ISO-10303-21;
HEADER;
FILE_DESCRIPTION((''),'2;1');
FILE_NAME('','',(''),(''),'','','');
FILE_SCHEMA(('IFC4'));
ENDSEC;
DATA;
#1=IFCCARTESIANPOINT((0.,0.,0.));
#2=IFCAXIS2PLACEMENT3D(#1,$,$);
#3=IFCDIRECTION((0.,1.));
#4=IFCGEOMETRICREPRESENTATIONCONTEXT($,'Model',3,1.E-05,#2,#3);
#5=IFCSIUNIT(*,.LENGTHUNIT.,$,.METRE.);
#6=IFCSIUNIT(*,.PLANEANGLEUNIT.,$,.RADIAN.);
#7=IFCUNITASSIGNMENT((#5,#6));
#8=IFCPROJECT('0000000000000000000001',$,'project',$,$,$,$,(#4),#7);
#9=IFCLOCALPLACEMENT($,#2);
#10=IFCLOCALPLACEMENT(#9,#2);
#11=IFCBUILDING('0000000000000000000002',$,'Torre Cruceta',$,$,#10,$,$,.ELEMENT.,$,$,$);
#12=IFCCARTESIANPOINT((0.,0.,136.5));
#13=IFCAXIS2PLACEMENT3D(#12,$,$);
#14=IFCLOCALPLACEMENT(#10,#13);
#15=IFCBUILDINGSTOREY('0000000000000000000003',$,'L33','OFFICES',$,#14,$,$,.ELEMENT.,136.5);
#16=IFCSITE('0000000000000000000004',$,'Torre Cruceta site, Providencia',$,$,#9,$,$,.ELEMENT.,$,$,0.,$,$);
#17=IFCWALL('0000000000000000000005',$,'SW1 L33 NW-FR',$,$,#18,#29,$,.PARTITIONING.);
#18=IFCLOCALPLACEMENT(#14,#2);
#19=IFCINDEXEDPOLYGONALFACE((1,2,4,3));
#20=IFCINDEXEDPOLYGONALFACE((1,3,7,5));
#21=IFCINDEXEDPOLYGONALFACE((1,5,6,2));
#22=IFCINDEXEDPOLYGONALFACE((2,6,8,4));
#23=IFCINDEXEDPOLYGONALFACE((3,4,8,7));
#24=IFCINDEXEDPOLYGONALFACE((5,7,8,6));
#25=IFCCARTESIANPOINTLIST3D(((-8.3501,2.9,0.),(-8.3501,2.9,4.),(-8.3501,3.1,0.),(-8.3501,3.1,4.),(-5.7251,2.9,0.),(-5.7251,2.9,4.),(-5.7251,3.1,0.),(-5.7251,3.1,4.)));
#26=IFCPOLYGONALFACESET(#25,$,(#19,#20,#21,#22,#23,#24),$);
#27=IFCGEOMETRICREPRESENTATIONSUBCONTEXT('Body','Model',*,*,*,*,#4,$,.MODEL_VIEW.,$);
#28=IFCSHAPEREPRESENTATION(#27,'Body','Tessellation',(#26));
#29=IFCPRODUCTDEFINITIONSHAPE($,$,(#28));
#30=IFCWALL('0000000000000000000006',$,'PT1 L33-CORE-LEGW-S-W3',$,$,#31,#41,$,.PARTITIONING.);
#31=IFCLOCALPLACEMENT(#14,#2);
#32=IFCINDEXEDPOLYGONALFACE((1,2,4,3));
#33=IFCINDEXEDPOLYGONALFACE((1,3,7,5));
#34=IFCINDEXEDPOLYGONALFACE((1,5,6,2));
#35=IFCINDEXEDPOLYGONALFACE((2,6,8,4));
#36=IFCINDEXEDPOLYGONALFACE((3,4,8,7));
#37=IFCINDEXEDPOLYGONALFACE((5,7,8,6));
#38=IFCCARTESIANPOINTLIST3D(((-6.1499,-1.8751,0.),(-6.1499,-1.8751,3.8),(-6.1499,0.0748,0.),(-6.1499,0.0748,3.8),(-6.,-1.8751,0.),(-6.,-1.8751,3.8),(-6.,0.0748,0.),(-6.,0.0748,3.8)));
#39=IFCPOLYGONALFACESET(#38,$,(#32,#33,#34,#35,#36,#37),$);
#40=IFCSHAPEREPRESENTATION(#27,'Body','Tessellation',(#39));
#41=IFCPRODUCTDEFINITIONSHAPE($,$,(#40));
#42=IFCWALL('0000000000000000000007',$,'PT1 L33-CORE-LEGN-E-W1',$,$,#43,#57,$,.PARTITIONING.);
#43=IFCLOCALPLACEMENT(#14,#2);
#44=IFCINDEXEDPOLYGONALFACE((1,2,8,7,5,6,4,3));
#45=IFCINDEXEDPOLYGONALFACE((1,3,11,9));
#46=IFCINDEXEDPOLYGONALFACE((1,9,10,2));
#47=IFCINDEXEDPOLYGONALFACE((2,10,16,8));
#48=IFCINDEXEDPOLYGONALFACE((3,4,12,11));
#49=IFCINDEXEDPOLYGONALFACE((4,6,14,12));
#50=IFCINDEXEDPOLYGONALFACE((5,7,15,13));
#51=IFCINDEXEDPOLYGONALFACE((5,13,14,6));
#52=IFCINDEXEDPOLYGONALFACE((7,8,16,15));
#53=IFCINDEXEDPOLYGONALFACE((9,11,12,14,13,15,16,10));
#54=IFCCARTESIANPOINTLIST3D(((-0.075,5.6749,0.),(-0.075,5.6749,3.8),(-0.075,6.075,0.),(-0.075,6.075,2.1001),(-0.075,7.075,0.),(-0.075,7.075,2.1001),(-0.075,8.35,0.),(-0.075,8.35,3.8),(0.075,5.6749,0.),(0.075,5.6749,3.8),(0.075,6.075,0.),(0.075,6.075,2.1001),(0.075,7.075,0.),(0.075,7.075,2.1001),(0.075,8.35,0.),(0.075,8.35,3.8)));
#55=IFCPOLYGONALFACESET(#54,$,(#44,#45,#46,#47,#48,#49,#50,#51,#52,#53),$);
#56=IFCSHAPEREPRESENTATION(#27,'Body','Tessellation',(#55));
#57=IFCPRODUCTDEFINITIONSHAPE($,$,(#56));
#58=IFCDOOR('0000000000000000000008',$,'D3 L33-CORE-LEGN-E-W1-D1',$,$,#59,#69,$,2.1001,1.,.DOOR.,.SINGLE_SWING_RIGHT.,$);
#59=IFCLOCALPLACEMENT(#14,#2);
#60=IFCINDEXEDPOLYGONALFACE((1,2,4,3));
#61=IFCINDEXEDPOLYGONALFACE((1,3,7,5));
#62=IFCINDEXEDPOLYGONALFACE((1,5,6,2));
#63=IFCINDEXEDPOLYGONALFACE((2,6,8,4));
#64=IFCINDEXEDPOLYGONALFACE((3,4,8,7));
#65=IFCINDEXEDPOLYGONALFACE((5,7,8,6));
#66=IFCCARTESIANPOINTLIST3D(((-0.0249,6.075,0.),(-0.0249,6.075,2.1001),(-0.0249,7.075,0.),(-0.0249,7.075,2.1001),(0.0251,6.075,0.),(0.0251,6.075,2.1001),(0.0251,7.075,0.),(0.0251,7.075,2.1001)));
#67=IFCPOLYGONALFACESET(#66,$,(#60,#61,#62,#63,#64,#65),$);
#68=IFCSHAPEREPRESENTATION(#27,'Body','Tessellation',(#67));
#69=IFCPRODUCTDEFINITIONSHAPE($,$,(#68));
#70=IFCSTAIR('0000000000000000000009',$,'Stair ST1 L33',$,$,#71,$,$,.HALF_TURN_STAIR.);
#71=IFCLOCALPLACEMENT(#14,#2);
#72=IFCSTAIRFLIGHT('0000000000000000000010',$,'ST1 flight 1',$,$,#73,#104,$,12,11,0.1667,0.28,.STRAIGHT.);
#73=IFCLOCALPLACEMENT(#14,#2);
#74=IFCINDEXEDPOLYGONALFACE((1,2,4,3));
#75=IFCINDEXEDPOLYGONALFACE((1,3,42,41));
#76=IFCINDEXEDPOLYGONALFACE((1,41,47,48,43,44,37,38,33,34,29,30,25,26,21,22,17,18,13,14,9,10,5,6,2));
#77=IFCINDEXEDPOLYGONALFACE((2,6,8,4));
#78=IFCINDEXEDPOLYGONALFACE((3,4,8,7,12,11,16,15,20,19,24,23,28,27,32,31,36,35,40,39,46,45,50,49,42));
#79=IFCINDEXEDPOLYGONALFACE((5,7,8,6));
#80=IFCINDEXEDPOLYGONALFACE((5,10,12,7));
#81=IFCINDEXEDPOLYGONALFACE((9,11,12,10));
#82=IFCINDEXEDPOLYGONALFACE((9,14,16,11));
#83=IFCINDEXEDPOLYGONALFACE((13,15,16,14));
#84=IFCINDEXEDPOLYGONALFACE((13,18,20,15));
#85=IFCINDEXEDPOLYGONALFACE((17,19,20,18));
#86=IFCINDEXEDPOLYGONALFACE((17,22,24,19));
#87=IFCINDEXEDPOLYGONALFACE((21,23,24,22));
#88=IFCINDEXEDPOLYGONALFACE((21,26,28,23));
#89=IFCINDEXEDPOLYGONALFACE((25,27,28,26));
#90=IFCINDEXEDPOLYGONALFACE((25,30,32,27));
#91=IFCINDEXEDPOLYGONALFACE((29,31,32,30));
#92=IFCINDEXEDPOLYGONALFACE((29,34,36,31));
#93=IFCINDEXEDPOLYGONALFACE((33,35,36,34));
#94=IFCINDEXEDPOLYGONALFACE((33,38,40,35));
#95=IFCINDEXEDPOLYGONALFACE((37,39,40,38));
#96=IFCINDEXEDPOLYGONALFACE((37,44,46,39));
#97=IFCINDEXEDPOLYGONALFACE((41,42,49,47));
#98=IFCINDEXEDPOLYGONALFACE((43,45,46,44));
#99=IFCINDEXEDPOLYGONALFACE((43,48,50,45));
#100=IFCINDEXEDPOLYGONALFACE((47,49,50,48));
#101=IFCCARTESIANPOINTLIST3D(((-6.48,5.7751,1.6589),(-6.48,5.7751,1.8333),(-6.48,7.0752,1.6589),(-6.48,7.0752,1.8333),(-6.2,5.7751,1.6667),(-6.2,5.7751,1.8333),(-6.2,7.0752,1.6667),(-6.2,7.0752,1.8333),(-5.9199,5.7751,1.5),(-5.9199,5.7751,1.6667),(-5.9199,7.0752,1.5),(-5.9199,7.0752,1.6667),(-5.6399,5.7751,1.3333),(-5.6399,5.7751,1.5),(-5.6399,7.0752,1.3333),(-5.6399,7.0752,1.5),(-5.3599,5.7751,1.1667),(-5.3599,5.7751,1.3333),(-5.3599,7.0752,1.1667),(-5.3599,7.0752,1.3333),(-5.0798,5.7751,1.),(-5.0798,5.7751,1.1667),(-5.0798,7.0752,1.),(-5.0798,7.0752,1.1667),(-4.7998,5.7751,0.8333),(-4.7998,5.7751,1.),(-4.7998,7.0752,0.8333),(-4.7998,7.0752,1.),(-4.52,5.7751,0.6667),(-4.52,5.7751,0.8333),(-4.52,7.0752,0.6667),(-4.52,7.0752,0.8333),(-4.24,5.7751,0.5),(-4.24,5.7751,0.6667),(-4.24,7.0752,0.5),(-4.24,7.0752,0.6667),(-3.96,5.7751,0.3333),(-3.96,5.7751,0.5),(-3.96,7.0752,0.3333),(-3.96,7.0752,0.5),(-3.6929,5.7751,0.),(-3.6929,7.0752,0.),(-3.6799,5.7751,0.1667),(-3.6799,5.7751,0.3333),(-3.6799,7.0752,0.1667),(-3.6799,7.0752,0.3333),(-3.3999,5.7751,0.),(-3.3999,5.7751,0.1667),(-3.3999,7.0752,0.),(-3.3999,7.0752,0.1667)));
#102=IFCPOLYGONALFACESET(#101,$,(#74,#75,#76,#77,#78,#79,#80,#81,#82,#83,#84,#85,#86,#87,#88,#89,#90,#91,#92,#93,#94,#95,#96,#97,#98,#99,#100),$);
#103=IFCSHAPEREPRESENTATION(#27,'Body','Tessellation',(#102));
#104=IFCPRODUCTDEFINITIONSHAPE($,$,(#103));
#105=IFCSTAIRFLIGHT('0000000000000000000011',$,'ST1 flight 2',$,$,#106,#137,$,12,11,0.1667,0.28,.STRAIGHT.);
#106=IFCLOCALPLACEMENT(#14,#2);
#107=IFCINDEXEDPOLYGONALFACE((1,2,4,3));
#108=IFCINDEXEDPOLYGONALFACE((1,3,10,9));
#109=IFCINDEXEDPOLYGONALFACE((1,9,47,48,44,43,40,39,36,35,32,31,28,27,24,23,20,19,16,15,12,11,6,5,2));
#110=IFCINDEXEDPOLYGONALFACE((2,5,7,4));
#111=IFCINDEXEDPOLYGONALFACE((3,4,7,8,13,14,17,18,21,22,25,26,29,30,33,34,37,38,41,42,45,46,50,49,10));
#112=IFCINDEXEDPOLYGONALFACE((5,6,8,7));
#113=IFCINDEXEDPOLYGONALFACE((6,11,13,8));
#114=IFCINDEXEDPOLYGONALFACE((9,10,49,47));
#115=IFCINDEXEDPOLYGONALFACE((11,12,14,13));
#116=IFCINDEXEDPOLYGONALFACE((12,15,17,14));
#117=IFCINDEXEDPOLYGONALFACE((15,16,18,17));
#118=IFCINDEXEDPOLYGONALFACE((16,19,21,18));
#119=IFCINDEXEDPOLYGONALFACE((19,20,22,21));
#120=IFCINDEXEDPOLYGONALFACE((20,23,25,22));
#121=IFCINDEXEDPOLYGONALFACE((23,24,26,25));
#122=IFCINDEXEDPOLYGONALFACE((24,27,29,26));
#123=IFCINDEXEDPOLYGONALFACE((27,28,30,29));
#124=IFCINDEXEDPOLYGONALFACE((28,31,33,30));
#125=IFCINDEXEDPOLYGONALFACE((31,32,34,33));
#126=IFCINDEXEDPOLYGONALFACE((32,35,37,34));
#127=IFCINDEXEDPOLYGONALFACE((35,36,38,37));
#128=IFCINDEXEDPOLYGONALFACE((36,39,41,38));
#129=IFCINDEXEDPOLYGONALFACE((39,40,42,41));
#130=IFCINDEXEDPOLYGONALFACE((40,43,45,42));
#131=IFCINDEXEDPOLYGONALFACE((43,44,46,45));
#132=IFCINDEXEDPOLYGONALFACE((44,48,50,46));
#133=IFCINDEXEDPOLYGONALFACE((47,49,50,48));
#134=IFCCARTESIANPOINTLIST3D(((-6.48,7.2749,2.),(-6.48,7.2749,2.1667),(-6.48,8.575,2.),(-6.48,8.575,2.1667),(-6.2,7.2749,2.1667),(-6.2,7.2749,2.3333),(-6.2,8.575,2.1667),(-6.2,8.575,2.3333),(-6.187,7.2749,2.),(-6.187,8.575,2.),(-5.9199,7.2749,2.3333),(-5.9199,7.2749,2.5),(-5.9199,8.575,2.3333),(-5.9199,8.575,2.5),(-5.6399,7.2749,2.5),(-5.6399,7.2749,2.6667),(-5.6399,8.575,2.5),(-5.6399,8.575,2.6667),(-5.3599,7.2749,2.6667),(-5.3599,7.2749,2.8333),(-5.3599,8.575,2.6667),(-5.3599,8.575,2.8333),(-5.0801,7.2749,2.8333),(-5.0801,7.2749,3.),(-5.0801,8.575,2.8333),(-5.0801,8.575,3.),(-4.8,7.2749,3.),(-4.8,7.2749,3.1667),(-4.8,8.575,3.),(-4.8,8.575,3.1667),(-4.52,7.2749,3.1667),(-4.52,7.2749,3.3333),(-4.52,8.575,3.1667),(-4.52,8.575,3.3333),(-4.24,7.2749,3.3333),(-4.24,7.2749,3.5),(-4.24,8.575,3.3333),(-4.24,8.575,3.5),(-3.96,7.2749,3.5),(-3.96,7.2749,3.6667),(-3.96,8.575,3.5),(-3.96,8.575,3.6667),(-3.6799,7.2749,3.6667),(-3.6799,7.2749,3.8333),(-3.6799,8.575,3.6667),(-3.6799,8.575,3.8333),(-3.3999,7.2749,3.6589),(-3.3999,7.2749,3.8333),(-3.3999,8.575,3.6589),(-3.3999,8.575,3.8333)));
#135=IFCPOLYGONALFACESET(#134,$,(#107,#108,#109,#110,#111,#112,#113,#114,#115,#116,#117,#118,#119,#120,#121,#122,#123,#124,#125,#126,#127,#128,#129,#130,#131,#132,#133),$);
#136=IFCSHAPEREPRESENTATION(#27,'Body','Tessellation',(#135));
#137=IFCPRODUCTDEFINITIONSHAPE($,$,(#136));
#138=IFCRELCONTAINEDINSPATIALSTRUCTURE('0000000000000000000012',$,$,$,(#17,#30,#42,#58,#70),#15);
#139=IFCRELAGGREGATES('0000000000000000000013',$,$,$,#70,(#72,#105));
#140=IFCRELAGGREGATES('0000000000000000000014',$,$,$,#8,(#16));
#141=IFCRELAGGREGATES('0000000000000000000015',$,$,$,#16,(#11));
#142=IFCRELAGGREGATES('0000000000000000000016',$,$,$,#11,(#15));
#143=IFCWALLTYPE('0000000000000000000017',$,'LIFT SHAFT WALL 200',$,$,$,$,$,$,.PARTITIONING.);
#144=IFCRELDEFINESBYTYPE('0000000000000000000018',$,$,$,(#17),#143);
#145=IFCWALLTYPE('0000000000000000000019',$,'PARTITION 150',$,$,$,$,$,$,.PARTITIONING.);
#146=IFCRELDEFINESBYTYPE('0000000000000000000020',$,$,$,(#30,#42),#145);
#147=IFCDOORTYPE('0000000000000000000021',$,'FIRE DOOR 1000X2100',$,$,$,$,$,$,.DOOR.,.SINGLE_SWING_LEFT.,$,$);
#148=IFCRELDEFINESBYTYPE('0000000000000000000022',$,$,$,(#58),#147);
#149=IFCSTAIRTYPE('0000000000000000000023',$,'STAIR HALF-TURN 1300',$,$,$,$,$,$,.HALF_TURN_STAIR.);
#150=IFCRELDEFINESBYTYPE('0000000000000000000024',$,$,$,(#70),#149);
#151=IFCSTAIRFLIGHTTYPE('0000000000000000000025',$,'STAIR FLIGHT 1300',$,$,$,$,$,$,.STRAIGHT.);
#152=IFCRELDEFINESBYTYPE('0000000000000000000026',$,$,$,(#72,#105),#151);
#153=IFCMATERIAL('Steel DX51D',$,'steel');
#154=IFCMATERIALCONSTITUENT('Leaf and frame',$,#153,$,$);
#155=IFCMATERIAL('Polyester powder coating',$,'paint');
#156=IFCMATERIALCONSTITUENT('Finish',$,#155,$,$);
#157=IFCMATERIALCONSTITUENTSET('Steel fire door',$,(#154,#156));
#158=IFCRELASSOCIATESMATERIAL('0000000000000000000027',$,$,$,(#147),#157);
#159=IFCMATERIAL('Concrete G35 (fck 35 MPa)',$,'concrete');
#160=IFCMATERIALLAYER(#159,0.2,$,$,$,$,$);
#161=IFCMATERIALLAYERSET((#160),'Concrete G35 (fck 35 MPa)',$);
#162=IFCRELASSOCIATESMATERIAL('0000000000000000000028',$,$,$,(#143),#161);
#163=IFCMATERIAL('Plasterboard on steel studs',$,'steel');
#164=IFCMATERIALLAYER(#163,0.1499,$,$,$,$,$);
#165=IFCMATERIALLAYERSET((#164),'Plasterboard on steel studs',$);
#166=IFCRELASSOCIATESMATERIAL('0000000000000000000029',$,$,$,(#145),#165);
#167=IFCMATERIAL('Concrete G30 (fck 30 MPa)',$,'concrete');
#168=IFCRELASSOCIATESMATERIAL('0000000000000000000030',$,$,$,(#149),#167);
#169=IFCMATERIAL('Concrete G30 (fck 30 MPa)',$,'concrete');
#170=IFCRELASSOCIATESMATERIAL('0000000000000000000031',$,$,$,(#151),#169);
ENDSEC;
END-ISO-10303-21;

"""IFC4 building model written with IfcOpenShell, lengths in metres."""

from ifc_helpers import new_model, si_unit, direction, frame, frame_2d, origin, place, context, subcontext, project, spatial, polyline, rectangle, outline, extrude, material, layer, layer_set, constituent, constituent_set, type_object, element, fill, aggregate, save


model = new_model("IFC4")

# Units and contexts
model_context = context("Model", 3, precision=1e-05, world=origin(), true_north=direction((0.0, 1.0)))
body_context = subcontext(model_context, "Body", "Model", "MODEL_VIEW")
ifc_project = project(units=[si_unit("LENGTHUNIT", "METRE"), si_unit("PLANEANGLEUNIT", "RADIAN")], contexts=[model_context])

# Site, building, storey
site_placement = place(None, origin())
site = spatial("IfcSite", under=ifc_project, at=site_placement, Name="Torre Cruceta site, Providencia", CompositionType="ELEMENT", RefElevation=0.0)
building_placement = place(site_placement, origin())
building = spatial("IfcBuilding", under=site, at=building_placement, Name="Torre Cruceta", CompositionType="ELEMENT")
storey_placement = place(building_placement, frame((0.0, 0.0, 136.5)))
storey = spatial("IfcBuildingStorey", under=building, at=storey_placement, Name="L33", Description="OFFICES", CompositionType="ELEMENT", Elevation=136.5)

# Shared definitions
ifc_material_1 = material(Name="Steel DX51D", Category="steel")
ifc_constituent_1 = constituent(ifc_material_1, Name="Leaf and frame")
ifc_material_2 = material(Name="Polyester powder coating", Category="paint")
ifc_constituent_2 = constituent(ifc_material_2, Name="Finish")
ifc_constituent_set_1 = constituent_set(constituents=[ifc_constituent_1, ifc_constituent_2], Name="Steel fire door")
door_type_1 = type_object("IfcDoorType", Name="FIRE DOOR 1000X2100", OperationType="SINGLE_SWING_LEFT", PredefinedType="DOOR", material=ifc_constituent_set_1)

# Walls
ifc_material_3 = material(Name="Concrete G35 (fck 35 MPa)", Category="concrete")
ifc_layer_1 = layer(ifc_material_3, 0.2)
ifc_layer_set_1 = layer_set([ifc_layer_1], Name="Concrete G35 (fck 35 MPa)")
wall_type_1 = type_object("IfcWallType", Name="LIFT SHAFT WALL 200", PredefinedType="PARTITIONING", material=ifc_layer_set_1)
wall_1_placement = place(storey_placement, frame((-5.7251, 3.0, 0.0), z_axis=(0.0, 0.0, 1.0), x_axis=(-1.0, 0.0, 0.0)))
element("IfcWall", 1, at=wall_1_placement, inside=storey, type_object=wall_type_1, Name="SW1 L33 NW-FR", PredefinedType="PARTITIONING", context=body_context, shape_type="SweptSolid", body=[
    extrude(rectangle(XDim=2.625, YDim=0.2, at=frame_2d((1.3125, 0.0))), origin(), (0.0, 0.0, 1.0), 4.0),
])
ifc_material_4 = material(Name="Plasterboard on steel studs", Category="steel")
ifc_layer_2 = layer(ifc_material_4, 0.1499)
ifc_layer_set_2 = layer_set([ifc_layer_2], Name="Plasterboard on steel studs")
wall_type_2 = type_object("IfcWallType", Name="PARTITION 150", PredefinedType="PARTITIONING", material=ifc_layer_set_2)
wall_2_placement = place(storey_placement, frame((-6.075, 0.075, 0.0), z_axis=(0.0, 0.0, 1.0), x_axis=(0.0, -1.0, 0.0)))
element("IfcWall", 2, at=wall_2_placement, inside=storey, type_object=wall_type_2, Name="PT1 L33-CORE-LEGW-S-W3", PredefinedType="PARTITIONING", context=body_context, shape_type="SweptSolid", body=[
    extrude(rectangle(XDim=1.95, YDim=0.1499, at=frame_2d((0.9751, 0.0))), origin(), (0.0, 0.0, 1.0), 3.8),
])

# Wall, opening, door
wall_3_placement = place(storey_placement, frame((0.0, 5.675, 0.0), z_axis=(0.0, 0.0, 1.0), x_axis=(0.0, 1.0, 0.0)))
wall_3 = element("IfcWall", 3, at=wall_3_placement, inside=storey, type_object=wall_type_2, Name="PT1 L33-CORE-LEGN-E-W1", PredefinedType="PARTITIONING", context=body_context, shape_type="SweptSolid", body=[
    extrude(rectangle(XDim=2.675, YDim=0.1499, at=frame_2d((1.3374, 0.0))), origin(), (0.0, 0.0, 1.0), 3.8),
])
opening_1_placement = place(wall_3_placement, frame((0.3999, 0.0, 0.0)))
opening_1 = element("IfcOpeningElement", 4, at=opening_1_placement, cuts=wall_3, PredefinedType="OPENING", context=body_context, shape_type="SweptSolid", body=[
    extrude(rectangle(XDim=1.0, YDim=2.1001, at=frame_2d((0.5, 1.05))), frame((0.0, 0.085, 0.0), z_axis=(0.0, -1.0, 0.0), x_axis=(1.0, 0.0, 0.0)), (0.0, 0.0, 1.0), 0.1699),
])
door_1_placement = place(opening_1_placement, frame((1.0, 0.0, 0.0), z_axis=(0.0, 0.0, 1.0), x_axis=(-1.0, 0.0, 0.0)))
door_1 = element("IfcDoor", 5, at=door_1_placement, inside=storey, type_object=door_type_1, Name="D3 L33-CORE-LEGN-E-W1-D1", OperationType="SINGLE_SWING_RIGHT", OverallHeight=2.1001, OverallWidth=1.0, PredefinedType="DOOR", context=body_context, shape_type="SweptSolid", body=[
    extrude(rectangle(XDim=1.0, YDim=2.1001, at=frame_2d((0.5, 1.05))), frame((0.0, 0.0251, 0.0), z_axis=(0.0, -1.0, 0.0), x_axis=(1.0, 0.0, 0.0)), (0.0, 0.0, 1.0), 0.05),
])
fill(opening_1, door_1)

# Stair, stair flights
ifc_material_5 = material(Name="Concrete G30 (fck 30 MPa)", Category="concrete")
stair_type = type_object("IfcStairType", Name="STAIR HALF-TURN 1300", PredefinedType="HALF_TURN_STAIR", material=ifc_material_5)
stair_placement = place(storey_placement, origin())
stair = element("IfcStair", 6, at=stair_placement, inside=storey, type_object=stair_type, Name="Stair ST1 L33", PredefinedType="HALF_TURN_STAIR")
ifc_material_6 = material(Name="Concrete G30 (fck 30 MPa)", Category="concrete")
stair_flight_type = type_object("IfcStairFlightType", Name="STAIR FLIGHT 1300", PredefinedType="STRAIGHT", material=ifc_material_6)
stair_flight_1_placement = place(storey_placement, frame((-3.3999, 6.425, 0.0), z_axis=(0.0, 0.0, 1.0), x_axis=(-1.0, 0.0, 0.0)))
stair_flight_1 = element("IfcStairFlight", 7, at=stair_flight_1_placement, type_object=stair_flight_type, Name="ST1 flight 1", NumberOfRisers=12, NumberOfTreads=11, PredefinedType="STRAIGHT", RiserHeight=0.1667, TreadLength=0.28, context=body_context, shape_type="SweptSolid", body=[
    extrude(outline(polyline([(0.0, 0.0), (0.0, 0.1667), (0.28, 0.1667), (0.28, 0.3333), (0.5601, 0.3333), (0.5601, 0.5), (0.8401, 0.5), (0.8401, 0.6667), (1.1201, 0.6667), (1.1201, 0.8333), (1.3999, 0.8333), (1.3999, 1.0), (1.6799, 1.0), (1.6799, 1.1667), (1.96, 1.1667), (1.96, 1.3333), (2.24, 1.3333), (2.24, 1.5), (2.52, 1.5), (2.52, 1.6667), (2.8, 1.6667), (2.8, 1.8333), (3.0801, 1.8333), (3.0801, 2.0), (3.0801, 1.6589), (0.293, 0.0), (0.0, 0.0)])), frame((0.0, 0.6499, 0.0), z_axis=(0.0, -1.0, 0.0), x_axis=(1.0, 0.0, 0.0)), (0.0, 0.0, 1.0), 1.3),
])
stair_flight_2_placement = place(storey_placement, frame((-6.48, 7.925, 2.0), z_axis=(0.0, 0.0, 1.0), x_axis=(1.0, 0.0, 0.0)))
stair_flight_2 = element("IfcStairFlight", 8, at=stair_flight_2_placement, type_object=stair_flight_type, Name="ST1 flight 2", NumberOfRisers=12, NumberOfTreads=11, PredefinedType="STRAIGHT", RiserHeight=0.1667, TreadLength=0.28, context=body_context, shape_type="SweptSolid", body=[
    extrude(outline(polyline([(0.0, 0.0), (0.0, 0.1667), (0.28, 0.1667), (0.28, 0.3333), (0.5601, 0.3333), (0.5601, 0.5), (0.8401, 0.5), (0.8401, 0.6667), (1.1201, 0.6667), (1.1201, 0.8333), (1.3999, 0.8333), (1.3999, 1.0), (1.6799, 1.0), (1.6799, 1.1667), (1.96, 1.1667), (1.96, 1.3333), (2.24, 1.3333), (2.24, 1.5), (2.52, 1.5), (2.52, 1.6667), (2.8, 1.6667), (2.8, 1.8333), (3.0801, 1.8333), (3.0801, 2.0), (3.0801, 1.6589), (0.293, 0.0), (0.0, 0.0)])), frame((0.0, 0.6499, 0.0), z_axis=(0.0, -1.0, 0.0), x_axis=(1.0, 0.0, 0.0)), (0.0, 0.0, 1.0), 1.3),
])
aggregate(stair, [stair_flight_1, stair_flight_2])

save(model, "model.ifc")
